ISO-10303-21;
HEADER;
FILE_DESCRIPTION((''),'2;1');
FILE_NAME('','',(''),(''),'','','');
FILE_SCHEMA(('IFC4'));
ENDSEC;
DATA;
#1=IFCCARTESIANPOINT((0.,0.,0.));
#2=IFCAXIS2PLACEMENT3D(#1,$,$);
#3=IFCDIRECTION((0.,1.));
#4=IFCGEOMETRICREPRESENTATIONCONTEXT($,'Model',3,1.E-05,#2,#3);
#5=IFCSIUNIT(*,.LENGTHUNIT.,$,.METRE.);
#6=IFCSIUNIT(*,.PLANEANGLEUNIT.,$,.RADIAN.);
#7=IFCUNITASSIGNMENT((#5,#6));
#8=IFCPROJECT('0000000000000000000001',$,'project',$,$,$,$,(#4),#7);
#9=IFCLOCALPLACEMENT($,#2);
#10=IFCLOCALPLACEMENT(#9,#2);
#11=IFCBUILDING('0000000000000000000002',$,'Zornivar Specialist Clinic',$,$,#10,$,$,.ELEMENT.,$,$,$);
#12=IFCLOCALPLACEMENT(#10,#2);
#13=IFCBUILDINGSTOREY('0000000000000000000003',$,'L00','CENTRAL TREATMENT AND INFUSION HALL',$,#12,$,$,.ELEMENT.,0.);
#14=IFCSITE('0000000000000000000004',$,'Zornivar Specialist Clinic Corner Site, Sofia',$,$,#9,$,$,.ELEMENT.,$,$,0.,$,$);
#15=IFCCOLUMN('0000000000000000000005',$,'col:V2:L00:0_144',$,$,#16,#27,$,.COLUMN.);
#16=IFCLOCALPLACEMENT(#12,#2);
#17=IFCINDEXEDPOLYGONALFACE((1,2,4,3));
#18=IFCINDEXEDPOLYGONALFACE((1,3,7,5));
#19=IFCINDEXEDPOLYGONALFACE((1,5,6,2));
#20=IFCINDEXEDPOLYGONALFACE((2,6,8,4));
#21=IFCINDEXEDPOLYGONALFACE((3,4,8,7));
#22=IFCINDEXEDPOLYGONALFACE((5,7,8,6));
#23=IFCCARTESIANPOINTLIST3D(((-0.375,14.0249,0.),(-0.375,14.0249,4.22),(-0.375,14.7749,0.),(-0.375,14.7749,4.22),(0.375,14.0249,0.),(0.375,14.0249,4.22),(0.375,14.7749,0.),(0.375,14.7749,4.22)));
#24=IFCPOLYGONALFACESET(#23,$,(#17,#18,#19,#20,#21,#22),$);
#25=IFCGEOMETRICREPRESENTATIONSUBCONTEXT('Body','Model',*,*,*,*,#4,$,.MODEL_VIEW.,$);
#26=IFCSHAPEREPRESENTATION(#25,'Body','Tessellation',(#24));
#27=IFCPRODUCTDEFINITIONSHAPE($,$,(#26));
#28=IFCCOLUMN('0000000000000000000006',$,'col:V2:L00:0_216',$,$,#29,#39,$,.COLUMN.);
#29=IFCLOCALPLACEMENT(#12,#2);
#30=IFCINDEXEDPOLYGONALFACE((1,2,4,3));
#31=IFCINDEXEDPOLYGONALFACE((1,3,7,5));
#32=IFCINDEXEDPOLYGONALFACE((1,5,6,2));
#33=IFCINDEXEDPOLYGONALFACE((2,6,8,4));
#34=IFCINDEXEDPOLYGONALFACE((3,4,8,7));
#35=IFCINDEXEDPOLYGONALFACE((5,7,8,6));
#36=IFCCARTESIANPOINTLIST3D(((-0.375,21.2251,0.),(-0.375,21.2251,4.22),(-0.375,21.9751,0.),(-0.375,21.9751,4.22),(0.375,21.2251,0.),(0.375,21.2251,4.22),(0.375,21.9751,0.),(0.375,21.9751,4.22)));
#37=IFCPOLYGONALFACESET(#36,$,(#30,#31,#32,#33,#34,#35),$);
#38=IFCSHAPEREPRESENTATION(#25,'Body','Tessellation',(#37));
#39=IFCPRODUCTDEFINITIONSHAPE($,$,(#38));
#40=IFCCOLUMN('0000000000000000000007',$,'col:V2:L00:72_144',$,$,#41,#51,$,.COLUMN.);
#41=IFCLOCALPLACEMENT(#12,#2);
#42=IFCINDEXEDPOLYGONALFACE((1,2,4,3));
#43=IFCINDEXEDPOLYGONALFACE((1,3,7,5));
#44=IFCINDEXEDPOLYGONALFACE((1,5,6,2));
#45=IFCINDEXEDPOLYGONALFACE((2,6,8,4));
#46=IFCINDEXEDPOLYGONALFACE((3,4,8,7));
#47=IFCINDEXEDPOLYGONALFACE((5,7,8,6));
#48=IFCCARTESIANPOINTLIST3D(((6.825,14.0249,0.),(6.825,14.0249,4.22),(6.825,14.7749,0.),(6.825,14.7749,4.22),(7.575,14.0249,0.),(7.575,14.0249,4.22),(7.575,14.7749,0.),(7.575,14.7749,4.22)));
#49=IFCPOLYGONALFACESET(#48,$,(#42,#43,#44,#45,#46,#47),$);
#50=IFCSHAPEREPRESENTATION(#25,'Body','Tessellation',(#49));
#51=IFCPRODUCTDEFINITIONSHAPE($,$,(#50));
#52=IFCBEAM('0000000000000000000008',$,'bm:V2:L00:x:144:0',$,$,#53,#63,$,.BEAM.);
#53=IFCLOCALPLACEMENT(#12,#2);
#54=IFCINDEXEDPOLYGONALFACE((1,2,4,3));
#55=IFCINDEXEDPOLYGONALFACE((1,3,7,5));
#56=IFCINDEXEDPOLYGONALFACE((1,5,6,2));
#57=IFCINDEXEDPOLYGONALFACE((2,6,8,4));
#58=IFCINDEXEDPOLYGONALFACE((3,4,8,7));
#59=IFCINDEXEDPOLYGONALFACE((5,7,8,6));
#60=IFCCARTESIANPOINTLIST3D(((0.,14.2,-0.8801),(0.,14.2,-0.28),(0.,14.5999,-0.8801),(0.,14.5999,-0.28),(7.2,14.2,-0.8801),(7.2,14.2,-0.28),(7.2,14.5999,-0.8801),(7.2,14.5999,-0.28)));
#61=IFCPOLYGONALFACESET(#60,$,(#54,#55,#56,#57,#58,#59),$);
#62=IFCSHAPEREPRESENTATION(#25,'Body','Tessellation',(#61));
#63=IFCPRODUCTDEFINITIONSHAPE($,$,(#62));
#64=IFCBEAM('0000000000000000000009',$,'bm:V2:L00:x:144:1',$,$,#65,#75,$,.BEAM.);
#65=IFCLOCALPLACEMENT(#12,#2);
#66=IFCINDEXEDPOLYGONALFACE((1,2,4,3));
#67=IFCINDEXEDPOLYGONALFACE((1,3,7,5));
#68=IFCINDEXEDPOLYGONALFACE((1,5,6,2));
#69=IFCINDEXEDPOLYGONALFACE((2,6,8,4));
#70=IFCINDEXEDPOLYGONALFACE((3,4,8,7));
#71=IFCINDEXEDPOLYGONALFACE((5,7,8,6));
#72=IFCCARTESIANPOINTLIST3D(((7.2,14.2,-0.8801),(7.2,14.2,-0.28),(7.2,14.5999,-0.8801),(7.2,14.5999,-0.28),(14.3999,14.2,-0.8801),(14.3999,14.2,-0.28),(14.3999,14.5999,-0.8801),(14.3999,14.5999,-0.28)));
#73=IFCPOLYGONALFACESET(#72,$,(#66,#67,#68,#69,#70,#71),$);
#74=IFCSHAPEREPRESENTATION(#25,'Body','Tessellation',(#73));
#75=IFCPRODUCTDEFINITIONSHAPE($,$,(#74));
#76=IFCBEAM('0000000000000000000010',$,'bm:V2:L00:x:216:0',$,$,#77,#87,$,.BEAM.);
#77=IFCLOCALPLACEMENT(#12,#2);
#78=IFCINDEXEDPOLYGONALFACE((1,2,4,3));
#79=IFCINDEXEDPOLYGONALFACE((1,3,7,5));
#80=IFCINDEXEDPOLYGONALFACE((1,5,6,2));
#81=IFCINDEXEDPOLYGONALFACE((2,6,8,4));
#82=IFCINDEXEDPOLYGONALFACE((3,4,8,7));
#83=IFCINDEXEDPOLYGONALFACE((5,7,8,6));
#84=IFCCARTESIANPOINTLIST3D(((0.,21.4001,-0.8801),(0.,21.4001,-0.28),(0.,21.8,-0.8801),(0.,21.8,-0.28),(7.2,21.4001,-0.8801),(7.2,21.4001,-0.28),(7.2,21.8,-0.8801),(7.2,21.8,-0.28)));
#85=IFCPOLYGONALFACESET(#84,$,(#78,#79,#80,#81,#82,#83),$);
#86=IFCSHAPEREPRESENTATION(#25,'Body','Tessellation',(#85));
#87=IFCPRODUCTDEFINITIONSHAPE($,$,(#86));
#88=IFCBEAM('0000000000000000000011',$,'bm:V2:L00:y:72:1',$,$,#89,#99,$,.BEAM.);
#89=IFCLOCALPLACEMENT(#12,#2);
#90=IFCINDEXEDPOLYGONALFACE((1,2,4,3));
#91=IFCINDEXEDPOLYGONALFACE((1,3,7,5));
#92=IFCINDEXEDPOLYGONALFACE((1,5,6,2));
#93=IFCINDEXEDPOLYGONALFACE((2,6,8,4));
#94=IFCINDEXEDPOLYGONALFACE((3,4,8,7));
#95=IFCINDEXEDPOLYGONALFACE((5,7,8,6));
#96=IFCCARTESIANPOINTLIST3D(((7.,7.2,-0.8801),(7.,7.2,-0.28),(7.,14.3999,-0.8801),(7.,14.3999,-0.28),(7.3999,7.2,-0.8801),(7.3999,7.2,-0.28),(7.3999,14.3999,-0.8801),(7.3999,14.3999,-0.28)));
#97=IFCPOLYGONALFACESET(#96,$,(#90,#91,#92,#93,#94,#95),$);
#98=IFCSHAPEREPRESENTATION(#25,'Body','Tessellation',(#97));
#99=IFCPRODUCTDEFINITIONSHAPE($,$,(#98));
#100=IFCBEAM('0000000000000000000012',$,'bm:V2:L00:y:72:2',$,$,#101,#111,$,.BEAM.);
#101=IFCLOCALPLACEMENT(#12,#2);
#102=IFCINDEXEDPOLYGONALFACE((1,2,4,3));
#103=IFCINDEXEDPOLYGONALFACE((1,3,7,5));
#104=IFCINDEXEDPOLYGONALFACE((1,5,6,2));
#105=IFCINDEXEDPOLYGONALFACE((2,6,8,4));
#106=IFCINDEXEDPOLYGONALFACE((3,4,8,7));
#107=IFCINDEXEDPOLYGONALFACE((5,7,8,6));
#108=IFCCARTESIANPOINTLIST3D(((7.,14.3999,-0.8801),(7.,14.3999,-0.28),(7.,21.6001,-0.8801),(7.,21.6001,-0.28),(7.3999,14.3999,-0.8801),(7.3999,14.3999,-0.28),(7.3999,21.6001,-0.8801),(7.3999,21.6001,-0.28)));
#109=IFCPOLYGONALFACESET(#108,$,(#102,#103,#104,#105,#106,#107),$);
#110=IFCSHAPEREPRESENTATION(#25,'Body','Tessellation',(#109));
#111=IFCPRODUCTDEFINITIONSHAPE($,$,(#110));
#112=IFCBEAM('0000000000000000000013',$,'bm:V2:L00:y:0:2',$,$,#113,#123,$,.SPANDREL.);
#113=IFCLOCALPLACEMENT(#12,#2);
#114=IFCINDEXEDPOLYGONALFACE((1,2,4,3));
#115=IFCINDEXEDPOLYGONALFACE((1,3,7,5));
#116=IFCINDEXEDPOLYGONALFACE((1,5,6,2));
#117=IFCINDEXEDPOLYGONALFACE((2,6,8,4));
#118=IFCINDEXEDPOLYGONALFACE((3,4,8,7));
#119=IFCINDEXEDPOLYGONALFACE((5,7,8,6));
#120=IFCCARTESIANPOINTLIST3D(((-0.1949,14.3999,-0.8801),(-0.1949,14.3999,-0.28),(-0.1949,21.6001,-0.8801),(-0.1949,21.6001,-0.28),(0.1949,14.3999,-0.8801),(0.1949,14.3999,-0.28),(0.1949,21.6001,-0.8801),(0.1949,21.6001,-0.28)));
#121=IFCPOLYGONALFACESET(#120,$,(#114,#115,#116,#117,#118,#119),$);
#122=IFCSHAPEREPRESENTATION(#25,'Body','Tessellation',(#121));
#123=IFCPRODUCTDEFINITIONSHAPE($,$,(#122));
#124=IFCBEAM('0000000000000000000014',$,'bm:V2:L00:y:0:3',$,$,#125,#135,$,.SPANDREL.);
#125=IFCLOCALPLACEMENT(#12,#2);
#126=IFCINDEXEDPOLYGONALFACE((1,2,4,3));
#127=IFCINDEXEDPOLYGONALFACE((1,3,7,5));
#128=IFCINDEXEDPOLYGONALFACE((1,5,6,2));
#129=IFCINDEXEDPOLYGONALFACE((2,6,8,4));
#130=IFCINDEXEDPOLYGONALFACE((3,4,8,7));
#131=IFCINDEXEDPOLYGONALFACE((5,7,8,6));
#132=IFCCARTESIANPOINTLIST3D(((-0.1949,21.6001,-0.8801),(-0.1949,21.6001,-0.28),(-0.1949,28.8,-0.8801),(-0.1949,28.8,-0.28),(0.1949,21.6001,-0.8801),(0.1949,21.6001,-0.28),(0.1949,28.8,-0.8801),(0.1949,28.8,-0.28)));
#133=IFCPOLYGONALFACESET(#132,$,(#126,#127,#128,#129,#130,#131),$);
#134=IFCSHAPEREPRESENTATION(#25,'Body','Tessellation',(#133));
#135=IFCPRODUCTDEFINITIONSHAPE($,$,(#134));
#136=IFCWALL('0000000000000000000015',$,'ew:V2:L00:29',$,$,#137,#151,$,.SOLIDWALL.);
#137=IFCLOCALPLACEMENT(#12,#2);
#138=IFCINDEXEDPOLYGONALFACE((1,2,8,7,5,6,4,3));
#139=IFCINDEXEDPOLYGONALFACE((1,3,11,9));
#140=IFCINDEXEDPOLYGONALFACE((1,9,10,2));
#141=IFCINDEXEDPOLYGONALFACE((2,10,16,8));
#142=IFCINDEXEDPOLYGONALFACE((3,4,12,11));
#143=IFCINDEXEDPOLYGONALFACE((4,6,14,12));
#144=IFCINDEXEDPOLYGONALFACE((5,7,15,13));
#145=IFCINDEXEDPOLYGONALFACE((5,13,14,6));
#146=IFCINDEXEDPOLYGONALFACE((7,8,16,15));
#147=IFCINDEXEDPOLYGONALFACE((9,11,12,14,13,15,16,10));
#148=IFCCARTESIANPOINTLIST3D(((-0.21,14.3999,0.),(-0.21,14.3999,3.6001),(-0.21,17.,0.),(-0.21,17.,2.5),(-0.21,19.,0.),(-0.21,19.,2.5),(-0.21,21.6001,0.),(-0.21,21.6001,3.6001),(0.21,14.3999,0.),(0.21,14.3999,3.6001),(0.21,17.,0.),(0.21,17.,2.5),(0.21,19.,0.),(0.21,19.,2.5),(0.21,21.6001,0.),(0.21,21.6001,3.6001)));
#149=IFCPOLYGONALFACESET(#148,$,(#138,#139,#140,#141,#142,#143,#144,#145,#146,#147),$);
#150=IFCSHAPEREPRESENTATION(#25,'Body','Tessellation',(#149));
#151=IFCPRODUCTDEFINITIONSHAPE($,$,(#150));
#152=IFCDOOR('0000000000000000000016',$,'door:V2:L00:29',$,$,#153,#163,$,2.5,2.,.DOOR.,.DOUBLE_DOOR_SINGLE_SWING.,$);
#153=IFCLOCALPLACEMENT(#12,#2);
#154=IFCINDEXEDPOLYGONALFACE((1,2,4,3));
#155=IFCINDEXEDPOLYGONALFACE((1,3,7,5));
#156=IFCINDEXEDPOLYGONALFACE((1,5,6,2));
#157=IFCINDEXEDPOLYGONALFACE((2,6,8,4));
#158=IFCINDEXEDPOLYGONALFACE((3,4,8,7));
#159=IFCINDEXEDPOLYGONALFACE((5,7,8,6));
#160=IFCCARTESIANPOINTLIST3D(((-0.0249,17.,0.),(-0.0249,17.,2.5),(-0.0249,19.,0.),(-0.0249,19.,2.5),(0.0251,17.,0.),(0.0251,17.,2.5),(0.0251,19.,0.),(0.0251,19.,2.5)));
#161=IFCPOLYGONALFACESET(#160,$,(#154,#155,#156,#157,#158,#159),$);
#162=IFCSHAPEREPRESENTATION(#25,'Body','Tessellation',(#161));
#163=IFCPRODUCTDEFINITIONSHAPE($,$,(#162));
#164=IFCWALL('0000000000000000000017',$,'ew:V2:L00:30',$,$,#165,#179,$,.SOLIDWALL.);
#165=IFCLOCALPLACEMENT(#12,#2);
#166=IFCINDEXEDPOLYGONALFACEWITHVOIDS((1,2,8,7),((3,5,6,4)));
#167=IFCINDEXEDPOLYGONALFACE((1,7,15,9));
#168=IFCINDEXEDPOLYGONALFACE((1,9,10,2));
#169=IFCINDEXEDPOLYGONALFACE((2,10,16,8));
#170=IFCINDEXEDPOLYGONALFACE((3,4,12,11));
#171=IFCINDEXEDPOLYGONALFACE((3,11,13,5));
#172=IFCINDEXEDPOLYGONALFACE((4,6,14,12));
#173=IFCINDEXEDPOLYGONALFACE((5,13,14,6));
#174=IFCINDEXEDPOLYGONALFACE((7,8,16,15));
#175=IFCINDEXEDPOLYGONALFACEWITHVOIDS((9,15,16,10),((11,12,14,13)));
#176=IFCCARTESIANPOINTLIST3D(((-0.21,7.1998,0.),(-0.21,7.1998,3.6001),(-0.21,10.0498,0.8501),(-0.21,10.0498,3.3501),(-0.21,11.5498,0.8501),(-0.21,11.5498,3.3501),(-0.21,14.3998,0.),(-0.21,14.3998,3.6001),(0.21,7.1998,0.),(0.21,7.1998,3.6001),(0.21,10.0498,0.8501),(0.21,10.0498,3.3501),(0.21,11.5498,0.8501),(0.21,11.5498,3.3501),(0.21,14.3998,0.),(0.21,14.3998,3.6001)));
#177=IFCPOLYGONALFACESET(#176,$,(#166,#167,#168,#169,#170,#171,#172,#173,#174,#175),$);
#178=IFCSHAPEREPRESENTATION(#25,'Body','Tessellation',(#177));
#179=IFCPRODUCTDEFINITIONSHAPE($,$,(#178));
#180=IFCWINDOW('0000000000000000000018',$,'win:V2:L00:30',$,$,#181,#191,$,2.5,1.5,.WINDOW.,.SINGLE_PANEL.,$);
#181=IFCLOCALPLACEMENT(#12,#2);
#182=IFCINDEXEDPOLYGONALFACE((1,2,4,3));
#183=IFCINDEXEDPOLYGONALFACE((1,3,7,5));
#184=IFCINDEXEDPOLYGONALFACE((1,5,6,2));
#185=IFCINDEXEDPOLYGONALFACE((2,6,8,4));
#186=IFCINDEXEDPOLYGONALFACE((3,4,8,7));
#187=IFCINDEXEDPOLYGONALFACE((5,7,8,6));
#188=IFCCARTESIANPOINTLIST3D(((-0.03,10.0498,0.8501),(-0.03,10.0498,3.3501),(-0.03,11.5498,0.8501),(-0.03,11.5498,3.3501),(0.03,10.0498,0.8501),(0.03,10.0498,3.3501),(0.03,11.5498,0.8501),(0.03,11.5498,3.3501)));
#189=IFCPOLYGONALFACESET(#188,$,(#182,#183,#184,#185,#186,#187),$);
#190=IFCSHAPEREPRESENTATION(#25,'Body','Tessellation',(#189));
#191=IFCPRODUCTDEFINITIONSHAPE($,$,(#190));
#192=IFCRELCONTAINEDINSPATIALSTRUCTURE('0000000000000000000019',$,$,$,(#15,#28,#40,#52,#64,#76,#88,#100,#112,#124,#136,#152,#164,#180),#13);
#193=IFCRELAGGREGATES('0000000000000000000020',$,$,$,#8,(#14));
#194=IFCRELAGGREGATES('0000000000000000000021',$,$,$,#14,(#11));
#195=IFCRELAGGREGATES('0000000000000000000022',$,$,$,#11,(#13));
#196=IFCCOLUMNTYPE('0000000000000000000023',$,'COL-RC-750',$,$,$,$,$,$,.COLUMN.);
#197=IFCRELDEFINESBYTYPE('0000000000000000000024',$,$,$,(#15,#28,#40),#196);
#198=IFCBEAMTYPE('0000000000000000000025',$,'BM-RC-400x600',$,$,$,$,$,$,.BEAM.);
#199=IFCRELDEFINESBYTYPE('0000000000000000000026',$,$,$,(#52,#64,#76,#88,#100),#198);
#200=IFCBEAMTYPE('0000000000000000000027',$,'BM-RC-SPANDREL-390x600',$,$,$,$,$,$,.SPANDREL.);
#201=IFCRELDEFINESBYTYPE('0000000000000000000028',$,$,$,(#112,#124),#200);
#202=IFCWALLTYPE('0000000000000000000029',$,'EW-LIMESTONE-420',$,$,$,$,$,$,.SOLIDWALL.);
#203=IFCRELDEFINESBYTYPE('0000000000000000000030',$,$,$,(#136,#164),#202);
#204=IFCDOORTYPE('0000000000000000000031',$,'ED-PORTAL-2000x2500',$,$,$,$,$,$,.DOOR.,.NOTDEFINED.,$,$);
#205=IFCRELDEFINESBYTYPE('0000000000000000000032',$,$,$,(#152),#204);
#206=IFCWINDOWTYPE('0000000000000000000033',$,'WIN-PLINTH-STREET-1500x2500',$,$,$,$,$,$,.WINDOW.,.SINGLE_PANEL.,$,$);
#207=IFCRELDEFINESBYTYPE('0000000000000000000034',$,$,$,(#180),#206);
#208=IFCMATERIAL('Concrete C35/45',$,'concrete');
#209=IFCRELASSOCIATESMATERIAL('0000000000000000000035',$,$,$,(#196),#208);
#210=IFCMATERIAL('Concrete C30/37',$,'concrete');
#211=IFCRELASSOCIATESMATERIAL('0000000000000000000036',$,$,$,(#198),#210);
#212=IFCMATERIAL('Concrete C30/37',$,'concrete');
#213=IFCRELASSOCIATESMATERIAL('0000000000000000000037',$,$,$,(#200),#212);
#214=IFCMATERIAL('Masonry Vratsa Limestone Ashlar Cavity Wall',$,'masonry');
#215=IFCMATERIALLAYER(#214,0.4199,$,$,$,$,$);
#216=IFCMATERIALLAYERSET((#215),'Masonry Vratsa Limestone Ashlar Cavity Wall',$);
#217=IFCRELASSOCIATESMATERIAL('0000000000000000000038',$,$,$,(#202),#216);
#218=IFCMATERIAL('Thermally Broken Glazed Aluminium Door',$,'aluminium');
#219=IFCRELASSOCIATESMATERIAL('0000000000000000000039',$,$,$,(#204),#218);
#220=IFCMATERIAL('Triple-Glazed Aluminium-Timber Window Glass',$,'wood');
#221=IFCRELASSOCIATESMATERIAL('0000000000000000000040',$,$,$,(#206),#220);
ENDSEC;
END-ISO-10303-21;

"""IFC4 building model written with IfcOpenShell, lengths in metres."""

from ifc_helpers import new_model, si_unit, direction, frame, frame_2d, origin, origin_2d, place, context, subcontext, project, spatial, rectangle, extrude, material, layer, layer_set, material_profile, profile_set, type_object, element, fill, save


model = new_model("IFC4")

# Units and contexts
model_context = context("Model", 3, precision=1e-05, world=origin(), true_north=direction((0.0, 1.0)))
body_context = subcontext(model_context, "Body", "Model", "MODEL_VIEW")
ifc_project = project(units=[si_unit("LENGTHUNIT", "METRE"), si_unit("PLANEANGLEUNIT", "RADIAN")], contexts=[model_context])

# Site, building, storey
site_placement = place(None, origin())
site = spatial("IfcSite", under=ifc_project, at=site_placement, Name="Zornivar Specialist Clinic Corner Site, Sofia", CompositionType="ELEMENT", RefElevation=0.0)
building_placement = place(site_placement, origin())
building = spatial("IfcBuilding", under=site, at=building_placement, Name="Zornivar Specialist Clinic", CompositionType="ELEMENT")
storey_placement = place(building_placement, origin())
storey = spatial("IfcBuildingStorey", under=building, at=storey_placement, Name="L00", Description="CENTRAL TREATMENT AND INFUSION HALL", CompositionType="ELEMENT", Elevation=0.0)

# Columns
ifc_material_1 = material(Name="Concrete C35/45", Category="concrete")
ifc_material_profile_1 = material_profile(ifc_material_1, rectangle(XDim=0.75, YDim=0.75, at=origin_2d()), Name="RC 750x750")
ifc_profile_set_1 = profile_set([ifc_material_profile_1], Name="Concrete C35/45")
column_type = type_object("IfcColumnType", Name="COL-RC-750", PredefinedType="COLUMN", material=ifc_profile_set_1)
for number, where, z_axis, x_axis, name in (
    (1, (0.0, 14.3999, 0.0), (0.0, 0.0, 1.0), (1.0, 0.0, 0.0), "col:V2:L00:0_144"),
    (2, (0.0, 21.6001, 0.0), (0.0, 0.0, 1.0), (1.0, 0.0, 0.0), "col:V2:L00:0_216"),
    (3, (7.2, 14.3999, 0.0), (0.0, 0.0, 1.0), (1.0, 0.0, 0.0), "col:V2:L00:72_144"),
):
    element("IfcColumn", number, at=place(storey_placement, frame(where, z_axis=z_axis, x_axis=x_axis)), inside=storey, type_object=column_type, Name=name, PredefinedType="COLUMN", context=body_context, shape_type="SweptSolid", body=[
        extrude(rectangle(XDim=0.75, YDim=0.75, at=origin_2d()), origin(), (0.0, 0.0, 1.0), 4.22),
    ])

# Beams
ifc_material_2 = material(Name="Concrete C30/37", Category="concrete")
ifc_material_profile_2 = material_profile(ifc_material_2, rectangle(XDim=0.3999, YDim=0.6001, at=origin_2d()), Name="RC 400x600")
ifc_profile_set_2 = profile_set([ifc_material_profile_2], Name="Concrete C30/37")
beam_type_1 = type_object("IfcBeamType", Name="BM-RC-400x600", PredefinedType="BEAM", material=ifc_profile_set_2)
for number, where, z_axis, x_axis, name in (
    (4, (0.0, 14.3999, -0.5801), (1.0, 0.0, 0.0), (0.0, 1.0, 0.0), "bm:V2:L00:x:144:0"),
    (5, (7.2, 14.3999, -0.5801), (1.0, 0.0, 0.0), (0.0, 1.0, 0.0), "bm:V2:L00:x:144:1"),
    (6, (0.0, 21.6001, -0.5801), (1.0, 0.0, 0.0), (0.0, 1.0, 0.0), "bm:V2:L00:x:216:0"),
    (7, (7.2, 7.2, -0.5801), (0.0, 1.0, 0.0), (-1.0, 0.0, 0.0), "bm:V2:L00:y:72:1"),
):
    element("IfcBeam", number, at=place(storey_placement, frame(where, z_axis=z_axis, x_axis=x_axis)), inside=storey, type_object=beam_type_1, Name=name, PredefinedType="BEAM", context=body_context, shape_type="SweptSolid", body=[
        extrude(rectangle(XDim=0.3999, YDim=0.6001, at=origin_2d()), origin(), (0.0, 0.0, 1.0), 7.2),
    ])
beam_1_placement = place(storey_placement, frame((7.2, 14.3999, -0.5801), z_axis=(0.0, 1.0, 0.0), x_axis=(-1.0, 0.0, 0.0)))
element("IfcBeam", 8, at=beam_1_placement, inside=storey, type_object=beam_type_1, Name="bm:V2:L00:y:72:2", PredefinedType="BEAM", context=body_context, shape_type="SweptSolid", body=[
    extrude(rectangle(XDim=0.3999, YDim=0.6001, at=origin_2d()), origin(), (0.0, 0.0, 1.0), 7.2002),
])
ifc_material_3 = material(Name="Concrete C30/37", Category="concrete")
ifc_material_profile_3 = material_profile(ifc_material_3, rectangle(XDim=0.3899, YDim=0.6001, at=origin_2d()), Name="RC 390x600")
ifc_profile_set_3 = profile_set([ifc_material_profile_3], Name="Concrete C30/37")
beam_type_2 = type_object("IfcBeamType", Name="BM-RC-SPANDREL-390x600", PredefinedType="SPANDREL", material=ifc_profile_set_3)
beam_2_placement = place(storey_placement, frame((0.0, 14.3999, -0.5801), z_axis=(0.0, 1.0, 0.0), x_axis=(-1.0, 0.0, 0.0)))
element("IfcBeam", 9, at=beam_2_placement, inside=storey, type_object=beam_type_2, Name="bm:V2:L00:y:0:2", PredefinedType="SPANDREL", context=body_context, shape_type="SweptSolid", body=[
    extrude(rectangle(XDim=0.3899, YDim=0.6001, at=origin_2d()), origin(), (0.0, 0.0, 1.0), 7.2002),
])
beam_3_placement = place(storey_placement, frame((0.0, 21.6001, -0.5801), z_axis=(0.0, 1.0, 0.0), x_axis=(-1.0, 0.0, 0.0)))
element("IfcBeam", 10, at=beam_3_placement, inside=storey, type_object=beam_type_2, Name="bm:V2:L00:y:0:3", PredefinedType="SPANDREL", context=body_context, shape_type="SweptSolid", body=[
    extrude(rectangle(XDim=0.3899, YDim=0.6001, at=origin_2d()), origin(), (0.0, 0.0, 1.0), 7.2),
])

# Wall, opening, door
ifc_material_4 = material(Name="Masonry Vratsa Limestone Ashlar Cavity Wall", Category="masonry")
ifc_layer_1 = layer(ifc_material_4, 0.4199)
ifc_layer_set_1 = layer_set([ifc_layer_1], Name="Masonry Vratsa Limestone Ashlar Cavity Wall")
wall_type_1 = type_object("IfcWallType", Name="EW-LIMESTONE-420", PredefinedType="SOLIDWALL", material=ifc_layer_set_1)
wall_1_placement = place(storey_placement, frame((0.0, 21.6001, 0.0), z_axis=(0.0, 0.0, 1.0), x_axis=(0.0, -1.0, 0.0)))
wall_1 = element("IfcWall", 11, at=wall_1_placement, inside=storey, type_object=wall_type_1, Name="ew:V2:L00:29", PredefinedType="SOLIDWALL", context=body_context, shape_type="SweptSolid", body=[
    extrude(rectangle(XDim=7.2002, YDim=0.4199, at=frame_2d((3.6001, 0.0))), origin(), (0.0, 0.0, 1.0), 3.6001),
])
opening_1_placement = place(wall_1_placement, frame((2.6001, 0.0, 0.0)))
opening_1 = element("IfcOpeningElement", 12, at=opening_1_placement, cuts=wall_1, PredefinedType="OPENING", context=body_context, shape_type="SweptSolid", body=[
    extrude(rectangle(XDim=2.0, YDim=2.5, at=frame_2d((1.0, 1.25))), frame((0.0, 0.22, 0.0), z_axis=(0.0, -1.0, 0.0), x_axis=(1.0, 0.0, 0.0)), (0.0, 0.0, 1.0), 0.4399),
])
ifc_material_5 = material(Name="Thermally Broken Glazed Aluminium Door", Category="aluminium")
door_type_1 = type_object("IfcDoorType", Name="ED-PORTAL-2000x2500", OperationType="NOTDEFINED", PredefinedType="DOOR", material=ifc_material_5)
door_1_placement = place(opening_1_placement, frame((2.0, 0.0, 0.0), z_axis=(0.0, 0.0, 1.0), x_axis=(-1.0, 0.0, 0.0)))
door_1 = element("IfcDoor", 13, at=door_1_placement, inside=storey, type_object=door_type_1, Name="door:V2:L00:29", OperationType="DOUBLE_DOOR_SINGLE_SWING", OverallHeight=2.5, OverallWidth=2.0, PredefinedType="DOOR", context=body_context, shape_type="SweptSolid", body=[
    extrude(rectangle(XDim=2.0, YDim=2.5, at=frame_2d((1.0, 1.25))), frame((0.0, 0.0249, 0.0), z_axis=(0.0, -1.0, 0.0), x_axis=(1.0, 0.0, 0.0)), (0.0, 0.0, 1.0), 0.05),
])
fill(opening_1, door_1)

# Wall, opening, window
wall_2_placement = place(storey_placement, frame((0.0, 14.3999, 0.0), z_axis=(0.0, 0.0, 1.0), x_axis=(0.0, -1.0, 0.0)))
wall_2 = element("IfcWall", 14, at=wall_2_placement, inside=storey, type_object=wall_type_1, Name="ew:V2:L00:30", PredefinedType="SOLIDWALL", context=body_context, shape_type="SweptSolid", body=[
    extrude(rectangle(XDim=7.2, YDim=0.4199, at=frame_2d((3.6001, 0.0))), origin(), (0.0, 0.0, 1.0), 3.6001),
])
opening_2_placement = place(wall_2_placement, frame((2.8501, 0.0, 0.8501)))
opening_2 = element("IfcOpeningElement", 15, at=opening_2_placement, cuts=wall_2, PredefinedType="OPENING", context=body_context, shape_type="SweptSolid", body=[
    extrude(rectangle(XDim=1.5, YDim=2.5, at=frame_2d((0.75, 1.25))), frame((0.0, 0.22, 0.0), z_axis=(0.0, -1.0, 0.0), x_axis=(1.0, 0.0, 0.0)), (0.0, 0.0, 1.0), 0.4399),
])
ifc_material_6 = material(Name="Triple-Glazed Aluminium-Timber Window Glass", Category="wood")
window_type = type_object("IfcWindowType", Name="WIN-PLINTH-STREET-1500x2500", PartitioningType="SINGLE_PANEL", PredefinedType="WINDOW", material=ifc_material_6)
window_placement = place(opening_2_placement, origin())
window = element("IfcWindow", 16, at=window_placement, inside=storey, type_object=window_type, Name="win:V2:L00:30", OverallHeight=2.5, OverallWidth=1.5, PartitioningType="SINGLE_PANEL", PredefinedType="WINDOW", context=body_context, shape_type="SweptSolid", body=[
    extrude(rectangle(XDim=1.5, YDim=2.5, at=frame_2d((0.75, 1.25))), frame((0.0, 0.03, 0.0), z_axis=(0.0, -1.0, 0.0), x_axis=(1.0, 0.0, 0.0)), (0.0, 0.0, 1.0), 0.0601),
])
fill(opening_2, window)

save(model, "model.ifc")
